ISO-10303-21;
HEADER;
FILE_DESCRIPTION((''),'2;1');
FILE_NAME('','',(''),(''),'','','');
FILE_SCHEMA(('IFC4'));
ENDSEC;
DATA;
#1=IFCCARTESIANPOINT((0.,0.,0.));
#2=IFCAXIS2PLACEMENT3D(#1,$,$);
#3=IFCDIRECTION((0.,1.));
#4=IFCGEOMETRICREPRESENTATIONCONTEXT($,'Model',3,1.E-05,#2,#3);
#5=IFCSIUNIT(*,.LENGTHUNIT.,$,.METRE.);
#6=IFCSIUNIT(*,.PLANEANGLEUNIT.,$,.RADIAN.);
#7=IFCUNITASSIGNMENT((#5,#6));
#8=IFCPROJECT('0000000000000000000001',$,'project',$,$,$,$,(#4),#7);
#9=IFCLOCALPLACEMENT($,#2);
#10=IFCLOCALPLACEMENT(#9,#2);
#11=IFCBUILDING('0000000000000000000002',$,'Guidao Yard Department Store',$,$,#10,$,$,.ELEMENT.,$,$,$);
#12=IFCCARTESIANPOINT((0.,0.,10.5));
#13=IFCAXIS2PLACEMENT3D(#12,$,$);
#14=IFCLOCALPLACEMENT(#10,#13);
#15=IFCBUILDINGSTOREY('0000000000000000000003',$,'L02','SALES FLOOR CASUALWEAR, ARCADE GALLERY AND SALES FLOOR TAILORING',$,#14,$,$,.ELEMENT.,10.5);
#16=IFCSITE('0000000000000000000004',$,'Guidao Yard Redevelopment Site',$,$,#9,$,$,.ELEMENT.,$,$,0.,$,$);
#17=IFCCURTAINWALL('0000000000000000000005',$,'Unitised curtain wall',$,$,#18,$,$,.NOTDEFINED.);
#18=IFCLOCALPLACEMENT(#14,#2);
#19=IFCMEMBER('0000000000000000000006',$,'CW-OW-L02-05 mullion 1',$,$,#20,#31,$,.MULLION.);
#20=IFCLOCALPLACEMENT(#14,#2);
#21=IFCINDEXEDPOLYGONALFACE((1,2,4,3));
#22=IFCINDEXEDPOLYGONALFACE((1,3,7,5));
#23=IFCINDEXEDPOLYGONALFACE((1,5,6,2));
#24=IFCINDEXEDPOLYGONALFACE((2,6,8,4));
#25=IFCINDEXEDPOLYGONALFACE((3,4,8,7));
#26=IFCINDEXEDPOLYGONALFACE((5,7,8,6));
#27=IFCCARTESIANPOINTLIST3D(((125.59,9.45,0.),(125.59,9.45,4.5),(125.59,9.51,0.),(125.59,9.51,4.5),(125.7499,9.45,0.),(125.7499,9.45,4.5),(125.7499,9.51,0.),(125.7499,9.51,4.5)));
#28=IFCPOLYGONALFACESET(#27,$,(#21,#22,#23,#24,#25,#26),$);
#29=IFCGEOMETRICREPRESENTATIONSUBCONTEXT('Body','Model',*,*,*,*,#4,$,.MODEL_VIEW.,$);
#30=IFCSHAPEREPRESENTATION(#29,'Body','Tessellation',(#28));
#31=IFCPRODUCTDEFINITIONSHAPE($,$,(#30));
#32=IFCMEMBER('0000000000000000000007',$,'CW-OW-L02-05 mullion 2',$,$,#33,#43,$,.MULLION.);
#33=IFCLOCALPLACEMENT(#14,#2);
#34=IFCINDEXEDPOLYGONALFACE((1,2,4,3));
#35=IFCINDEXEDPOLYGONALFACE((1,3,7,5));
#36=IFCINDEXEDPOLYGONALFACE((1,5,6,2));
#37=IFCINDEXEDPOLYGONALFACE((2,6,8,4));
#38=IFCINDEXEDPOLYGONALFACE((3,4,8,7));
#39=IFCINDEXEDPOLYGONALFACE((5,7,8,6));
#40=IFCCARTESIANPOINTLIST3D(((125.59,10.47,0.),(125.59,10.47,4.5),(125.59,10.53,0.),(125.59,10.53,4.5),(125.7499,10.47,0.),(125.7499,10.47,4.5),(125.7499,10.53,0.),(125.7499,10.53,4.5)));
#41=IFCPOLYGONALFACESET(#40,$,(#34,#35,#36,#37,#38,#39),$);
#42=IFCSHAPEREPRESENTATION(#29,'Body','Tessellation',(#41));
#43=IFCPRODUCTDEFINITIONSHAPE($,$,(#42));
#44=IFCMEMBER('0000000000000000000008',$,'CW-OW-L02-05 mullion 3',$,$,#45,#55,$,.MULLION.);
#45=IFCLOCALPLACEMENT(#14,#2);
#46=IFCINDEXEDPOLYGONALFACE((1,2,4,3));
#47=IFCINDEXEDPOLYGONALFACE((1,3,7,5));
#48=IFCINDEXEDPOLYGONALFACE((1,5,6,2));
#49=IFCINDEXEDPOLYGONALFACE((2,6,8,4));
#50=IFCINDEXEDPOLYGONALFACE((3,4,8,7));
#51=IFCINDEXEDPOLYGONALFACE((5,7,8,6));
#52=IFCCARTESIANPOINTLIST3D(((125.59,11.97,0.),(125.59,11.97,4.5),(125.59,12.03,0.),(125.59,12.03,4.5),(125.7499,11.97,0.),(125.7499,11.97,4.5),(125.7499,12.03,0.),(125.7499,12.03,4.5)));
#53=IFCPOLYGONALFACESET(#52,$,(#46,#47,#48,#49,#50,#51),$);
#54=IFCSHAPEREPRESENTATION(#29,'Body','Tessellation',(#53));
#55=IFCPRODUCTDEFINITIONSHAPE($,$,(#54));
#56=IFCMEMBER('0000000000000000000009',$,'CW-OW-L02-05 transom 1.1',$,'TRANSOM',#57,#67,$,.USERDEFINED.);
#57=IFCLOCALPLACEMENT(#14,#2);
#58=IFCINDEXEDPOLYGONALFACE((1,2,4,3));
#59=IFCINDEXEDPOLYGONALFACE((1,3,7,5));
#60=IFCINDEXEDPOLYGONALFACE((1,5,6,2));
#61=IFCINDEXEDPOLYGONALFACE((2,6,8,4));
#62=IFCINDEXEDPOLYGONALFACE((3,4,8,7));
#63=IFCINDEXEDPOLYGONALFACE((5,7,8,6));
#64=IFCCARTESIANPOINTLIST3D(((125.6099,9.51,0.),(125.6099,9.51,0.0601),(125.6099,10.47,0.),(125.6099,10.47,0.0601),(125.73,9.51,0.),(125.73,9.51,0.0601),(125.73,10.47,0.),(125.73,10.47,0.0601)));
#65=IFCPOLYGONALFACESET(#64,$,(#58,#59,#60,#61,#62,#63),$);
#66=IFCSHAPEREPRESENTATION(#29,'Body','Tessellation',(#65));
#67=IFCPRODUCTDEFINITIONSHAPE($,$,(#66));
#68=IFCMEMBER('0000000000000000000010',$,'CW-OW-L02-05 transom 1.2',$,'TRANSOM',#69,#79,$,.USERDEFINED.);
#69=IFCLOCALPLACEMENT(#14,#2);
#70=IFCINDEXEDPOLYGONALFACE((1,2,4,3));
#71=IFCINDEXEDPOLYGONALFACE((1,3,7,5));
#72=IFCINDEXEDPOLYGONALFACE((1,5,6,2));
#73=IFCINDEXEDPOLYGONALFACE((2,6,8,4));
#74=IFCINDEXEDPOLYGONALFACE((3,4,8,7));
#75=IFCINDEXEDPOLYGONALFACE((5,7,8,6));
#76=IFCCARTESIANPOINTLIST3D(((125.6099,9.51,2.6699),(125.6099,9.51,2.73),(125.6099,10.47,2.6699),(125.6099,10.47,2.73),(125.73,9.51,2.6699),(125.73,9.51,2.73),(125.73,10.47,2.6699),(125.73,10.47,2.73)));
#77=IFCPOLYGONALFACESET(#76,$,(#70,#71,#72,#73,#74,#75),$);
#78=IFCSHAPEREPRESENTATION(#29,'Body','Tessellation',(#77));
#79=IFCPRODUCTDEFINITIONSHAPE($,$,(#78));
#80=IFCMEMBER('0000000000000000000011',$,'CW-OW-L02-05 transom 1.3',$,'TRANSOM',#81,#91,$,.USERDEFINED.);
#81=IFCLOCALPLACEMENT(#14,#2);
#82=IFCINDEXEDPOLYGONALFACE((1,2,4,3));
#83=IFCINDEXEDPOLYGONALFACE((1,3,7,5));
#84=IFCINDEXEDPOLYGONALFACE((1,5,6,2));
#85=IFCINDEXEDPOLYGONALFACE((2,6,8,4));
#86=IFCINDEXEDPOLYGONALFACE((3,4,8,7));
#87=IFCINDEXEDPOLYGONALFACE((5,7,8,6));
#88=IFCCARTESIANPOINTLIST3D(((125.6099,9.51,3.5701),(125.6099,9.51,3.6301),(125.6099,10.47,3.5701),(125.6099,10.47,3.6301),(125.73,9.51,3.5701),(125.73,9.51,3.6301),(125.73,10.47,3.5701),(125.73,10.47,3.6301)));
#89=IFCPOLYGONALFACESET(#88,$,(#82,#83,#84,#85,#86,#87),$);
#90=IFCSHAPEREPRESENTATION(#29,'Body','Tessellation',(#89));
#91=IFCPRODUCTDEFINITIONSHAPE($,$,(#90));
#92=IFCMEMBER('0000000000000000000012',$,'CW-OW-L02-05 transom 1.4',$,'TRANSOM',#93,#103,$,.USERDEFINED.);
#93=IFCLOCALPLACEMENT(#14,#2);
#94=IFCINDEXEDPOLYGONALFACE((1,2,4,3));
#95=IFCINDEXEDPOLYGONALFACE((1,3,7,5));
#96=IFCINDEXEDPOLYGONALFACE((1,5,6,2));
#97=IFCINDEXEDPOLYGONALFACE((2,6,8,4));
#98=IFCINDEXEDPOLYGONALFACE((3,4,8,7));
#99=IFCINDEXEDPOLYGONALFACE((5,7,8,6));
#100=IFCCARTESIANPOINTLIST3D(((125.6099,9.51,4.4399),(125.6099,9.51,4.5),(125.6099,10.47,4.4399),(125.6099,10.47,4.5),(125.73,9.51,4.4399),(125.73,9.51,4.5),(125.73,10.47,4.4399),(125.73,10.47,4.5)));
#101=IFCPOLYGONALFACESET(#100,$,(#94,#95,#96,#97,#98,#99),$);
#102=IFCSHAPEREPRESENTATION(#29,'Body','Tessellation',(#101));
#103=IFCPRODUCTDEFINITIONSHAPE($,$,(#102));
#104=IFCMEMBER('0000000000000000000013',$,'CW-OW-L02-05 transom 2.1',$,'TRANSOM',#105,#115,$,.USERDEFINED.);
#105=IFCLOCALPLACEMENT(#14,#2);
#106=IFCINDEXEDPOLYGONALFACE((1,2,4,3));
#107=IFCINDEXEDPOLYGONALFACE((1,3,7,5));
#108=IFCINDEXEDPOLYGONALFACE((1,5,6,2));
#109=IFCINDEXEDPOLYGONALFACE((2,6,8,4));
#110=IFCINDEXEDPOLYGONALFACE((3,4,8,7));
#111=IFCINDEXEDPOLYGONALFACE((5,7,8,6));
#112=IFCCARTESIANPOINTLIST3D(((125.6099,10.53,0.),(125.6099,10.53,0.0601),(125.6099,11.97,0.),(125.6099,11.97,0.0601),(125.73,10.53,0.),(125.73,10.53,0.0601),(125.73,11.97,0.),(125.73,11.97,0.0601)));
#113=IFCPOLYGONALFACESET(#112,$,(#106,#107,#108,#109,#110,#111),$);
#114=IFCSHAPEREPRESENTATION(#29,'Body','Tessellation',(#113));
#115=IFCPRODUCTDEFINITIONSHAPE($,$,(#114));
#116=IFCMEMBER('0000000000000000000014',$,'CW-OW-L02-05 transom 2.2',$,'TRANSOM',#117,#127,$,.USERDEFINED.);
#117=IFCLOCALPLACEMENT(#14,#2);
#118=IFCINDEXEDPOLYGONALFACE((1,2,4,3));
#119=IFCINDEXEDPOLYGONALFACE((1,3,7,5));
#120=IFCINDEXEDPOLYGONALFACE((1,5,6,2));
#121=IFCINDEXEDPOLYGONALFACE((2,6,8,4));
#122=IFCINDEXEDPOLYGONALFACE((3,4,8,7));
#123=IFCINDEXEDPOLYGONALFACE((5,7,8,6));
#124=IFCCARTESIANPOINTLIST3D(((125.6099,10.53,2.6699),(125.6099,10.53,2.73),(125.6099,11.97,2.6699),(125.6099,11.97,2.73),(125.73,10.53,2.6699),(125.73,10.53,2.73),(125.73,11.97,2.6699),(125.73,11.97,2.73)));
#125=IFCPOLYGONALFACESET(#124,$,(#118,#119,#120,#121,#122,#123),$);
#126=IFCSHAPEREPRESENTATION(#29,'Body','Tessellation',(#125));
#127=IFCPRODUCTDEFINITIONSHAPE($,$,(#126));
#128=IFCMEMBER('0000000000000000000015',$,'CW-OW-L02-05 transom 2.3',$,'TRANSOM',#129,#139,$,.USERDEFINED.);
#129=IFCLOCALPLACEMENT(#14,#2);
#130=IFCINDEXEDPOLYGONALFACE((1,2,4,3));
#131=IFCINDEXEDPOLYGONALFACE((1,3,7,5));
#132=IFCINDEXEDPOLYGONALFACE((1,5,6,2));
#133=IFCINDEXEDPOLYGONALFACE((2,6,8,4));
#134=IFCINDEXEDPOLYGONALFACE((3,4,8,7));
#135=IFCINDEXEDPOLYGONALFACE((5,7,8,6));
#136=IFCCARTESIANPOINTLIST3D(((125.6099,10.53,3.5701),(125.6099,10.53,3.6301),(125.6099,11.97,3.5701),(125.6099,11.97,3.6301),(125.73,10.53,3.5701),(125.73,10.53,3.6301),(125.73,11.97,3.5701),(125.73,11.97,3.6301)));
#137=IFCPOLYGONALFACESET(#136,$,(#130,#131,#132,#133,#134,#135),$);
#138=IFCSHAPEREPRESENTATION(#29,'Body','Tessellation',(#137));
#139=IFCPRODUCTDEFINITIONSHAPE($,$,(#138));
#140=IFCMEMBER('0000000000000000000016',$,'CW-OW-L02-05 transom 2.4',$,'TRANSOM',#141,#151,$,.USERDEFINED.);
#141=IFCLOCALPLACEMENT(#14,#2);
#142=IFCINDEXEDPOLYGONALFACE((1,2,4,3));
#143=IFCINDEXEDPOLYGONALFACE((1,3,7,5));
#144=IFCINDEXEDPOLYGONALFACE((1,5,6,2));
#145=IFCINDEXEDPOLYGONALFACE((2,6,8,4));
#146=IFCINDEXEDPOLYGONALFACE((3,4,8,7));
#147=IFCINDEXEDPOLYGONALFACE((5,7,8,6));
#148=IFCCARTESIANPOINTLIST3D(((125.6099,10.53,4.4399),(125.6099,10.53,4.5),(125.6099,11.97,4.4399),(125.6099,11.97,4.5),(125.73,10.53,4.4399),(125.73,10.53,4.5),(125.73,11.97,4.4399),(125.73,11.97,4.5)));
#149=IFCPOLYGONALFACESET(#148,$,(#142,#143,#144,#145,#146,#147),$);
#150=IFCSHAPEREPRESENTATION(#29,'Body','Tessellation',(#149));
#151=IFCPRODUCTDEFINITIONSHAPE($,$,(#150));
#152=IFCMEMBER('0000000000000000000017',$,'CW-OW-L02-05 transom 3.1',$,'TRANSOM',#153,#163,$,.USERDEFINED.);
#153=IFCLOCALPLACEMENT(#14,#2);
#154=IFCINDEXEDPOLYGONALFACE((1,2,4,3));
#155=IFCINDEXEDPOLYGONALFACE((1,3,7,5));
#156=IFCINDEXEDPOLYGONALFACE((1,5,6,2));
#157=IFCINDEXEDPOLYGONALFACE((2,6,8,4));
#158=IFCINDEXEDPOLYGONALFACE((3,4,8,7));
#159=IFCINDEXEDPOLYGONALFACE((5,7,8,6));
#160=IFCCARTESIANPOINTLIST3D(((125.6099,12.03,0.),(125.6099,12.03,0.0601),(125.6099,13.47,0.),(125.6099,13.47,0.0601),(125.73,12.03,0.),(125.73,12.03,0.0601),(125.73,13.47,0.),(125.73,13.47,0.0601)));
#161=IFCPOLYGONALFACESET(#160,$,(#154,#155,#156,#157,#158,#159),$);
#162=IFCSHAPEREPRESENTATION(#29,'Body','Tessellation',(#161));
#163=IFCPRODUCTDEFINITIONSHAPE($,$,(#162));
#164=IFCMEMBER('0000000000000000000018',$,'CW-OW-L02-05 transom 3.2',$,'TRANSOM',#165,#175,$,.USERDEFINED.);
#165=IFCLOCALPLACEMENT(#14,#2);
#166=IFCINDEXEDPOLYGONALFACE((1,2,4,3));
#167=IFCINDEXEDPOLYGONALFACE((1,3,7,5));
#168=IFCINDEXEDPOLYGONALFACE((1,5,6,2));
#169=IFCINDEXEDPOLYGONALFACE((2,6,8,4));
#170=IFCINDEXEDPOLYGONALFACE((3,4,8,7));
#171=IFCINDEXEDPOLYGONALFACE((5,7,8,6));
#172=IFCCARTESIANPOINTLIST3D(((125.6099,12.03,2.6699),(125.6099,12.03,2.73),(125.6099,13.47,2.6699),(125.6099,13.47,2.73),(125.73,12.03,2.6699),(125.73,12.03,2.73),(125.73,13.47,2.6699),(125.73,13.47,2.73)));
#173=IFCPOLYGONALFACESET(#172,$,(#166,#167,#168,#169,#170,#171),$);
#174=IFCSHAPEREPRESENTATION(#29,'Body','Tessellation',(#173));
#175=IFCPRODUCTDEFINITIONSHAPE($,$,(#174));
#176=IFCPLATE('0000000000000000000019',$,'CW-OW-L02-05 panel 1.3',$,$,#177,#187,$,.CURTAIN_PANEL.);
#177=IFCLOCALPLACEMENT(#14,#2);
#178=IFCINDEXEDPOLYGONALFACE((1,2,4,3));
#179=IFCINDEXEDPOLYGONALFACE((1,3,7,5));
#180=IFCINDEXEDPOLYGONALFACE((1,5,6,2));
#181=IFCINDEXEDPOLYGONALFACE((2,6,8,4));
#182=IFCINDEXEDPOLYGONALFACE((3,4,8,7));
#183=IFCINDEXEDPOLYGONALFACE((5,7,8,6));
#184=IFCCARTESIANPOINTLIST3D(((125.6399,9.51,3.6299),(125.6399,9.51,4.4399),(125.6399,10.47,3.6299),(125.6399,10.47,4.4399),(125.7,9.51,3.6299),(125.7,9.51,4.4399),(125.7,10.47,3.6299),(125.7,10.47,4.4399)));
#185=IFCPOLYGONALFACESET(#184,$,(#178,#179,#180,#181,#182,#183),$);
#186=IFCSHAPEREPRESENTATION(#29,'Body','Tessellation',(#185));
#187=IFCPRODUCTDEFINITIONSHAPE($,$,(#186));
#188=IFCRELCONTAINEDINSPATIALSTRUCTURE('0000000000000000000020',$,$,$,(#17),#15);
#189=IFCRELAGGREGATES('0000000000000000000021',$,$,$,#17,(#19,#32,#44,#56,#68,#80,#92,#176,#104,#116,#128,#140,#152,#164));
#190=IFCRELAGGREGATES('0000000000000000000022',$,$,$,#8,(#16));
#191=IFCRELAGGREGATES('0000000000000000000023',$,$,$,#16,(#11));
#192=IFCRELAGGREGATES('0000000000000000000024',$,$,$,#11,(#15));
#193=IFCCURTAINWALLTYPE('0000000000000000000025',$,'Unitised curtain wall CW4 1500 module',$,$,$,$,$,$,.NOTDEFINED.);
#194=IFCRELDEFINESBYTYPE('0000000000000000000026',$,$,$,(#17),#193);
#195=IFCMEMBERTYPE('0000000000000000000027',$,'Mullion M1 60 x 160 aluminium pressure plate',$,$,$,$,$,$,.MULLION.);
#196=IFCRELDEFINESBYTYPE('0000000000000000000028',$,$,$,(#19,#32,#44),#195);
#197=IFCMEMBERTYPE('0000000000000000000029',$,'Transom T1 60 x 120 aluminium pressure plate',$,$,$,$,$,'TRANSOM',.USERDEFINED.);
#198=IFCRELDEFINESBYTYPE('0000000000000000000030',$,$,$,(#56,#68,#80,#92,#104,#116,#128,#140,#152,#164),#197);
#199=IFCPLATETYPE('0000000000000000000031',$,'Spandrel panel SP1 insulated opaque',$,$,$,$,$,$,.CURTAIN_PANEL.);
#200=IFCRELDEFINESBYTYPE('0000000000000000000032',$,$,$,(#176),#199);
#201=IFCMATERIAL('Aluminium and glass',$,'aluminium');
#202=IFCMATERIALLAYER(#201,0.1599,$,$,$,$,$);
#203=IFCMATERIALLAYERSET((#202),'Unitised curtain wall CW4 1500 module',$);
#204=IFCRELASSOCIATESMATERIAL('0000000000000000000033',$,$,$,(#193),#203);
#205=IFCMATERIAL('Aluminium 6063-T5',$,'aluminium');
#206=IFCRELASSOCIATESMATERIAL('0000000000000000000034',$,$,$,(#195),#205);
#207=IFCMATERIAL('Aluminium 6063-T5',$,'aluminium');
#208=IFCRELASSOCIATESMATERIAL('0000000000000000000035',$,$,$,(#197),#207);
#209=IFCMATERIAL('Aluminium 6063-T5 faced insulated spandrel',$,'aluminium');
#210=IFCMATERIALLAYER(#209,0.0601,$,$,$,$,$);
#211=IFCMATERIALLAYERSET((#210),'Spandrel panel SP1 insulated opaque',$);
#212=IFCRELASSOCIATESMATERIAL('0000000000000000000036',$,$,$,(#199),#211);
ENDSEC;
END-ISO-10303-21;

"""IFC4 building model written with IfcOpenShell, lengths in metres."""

from ifc_helpers import new_model, si_unit, direction, frame, origin, origin_2d, place, context, subcontext, project, spatial, rectangle, extrude, material, layer, layer_set, material_profile, profile_set, type_object, element, aggregate, save


model = new_model("IFC4")

# Units and contexts
model_context = context("Model", 3, precision=1e-05, world=origin(), true_north=direction((0.0, 1.0)))
body_context = subcontext(model_context, "Body", "Model", "MODEL_VIEW")
ifc_project = project(units=[si_unit("LENGTHUNIT", "METRE"), si_unit("PLANEANGLEUNIT", "RADIAN")], contexts=[model_context])

# Site, building, storey
site_placement = place(None, origin())
site = spatial("IfcSite", under=ifc_project, at=site_placement, Name="Guidao Yard Redevelopment Site", CompositionType="ELEMENT", RefElevation=0.0)
building_placement = place(site_placement, origin())
building = spatial("IfcBuilding", under=site, at=building_placement, Name="Guidao Yard Department Store", CompositionType="ELEMENT")
storey_placement = place(building_placement, frame((0.0, 0.0, 10.5)))
storey = spatial("IfcBuildingStorey", under=building, at=storey_placement, Name="L02", Description="SALES FLOOR CASUALWEAR, ARCADE GALLERY AND SALES FLOOR TAILORING", CompositionType="ELEMENT", Elevation=10.5)

# Curtain wall, members, plate
ifc_material_1 = material(Name="Aluminium and glass", Category="aluminium")
ifc_layer_1 = layer(ifc_material_1, 0.1599)
ifc_layer_set_1 = layer_set([ifc_layer_1], Name="Unitised curtain wall CW4 1500 module")
curtain_wall_type = type_object("IfcCurtainWallType", Name="Unitised curtain wall CW4 1500 module", PredefinedType="NOTDEFINED", material=ifc_layer_set_1)
curtain_wall_placement = place(storey_placement, origin())
curtain_wall = element("IfcCurtainWall", 1, at=curtain_wall_placement, inside=storey, type_object=curtain_wall_type, Name="Unitised curtain wall", PredefinedType="NOTDEFINED")
ifc_material_2 = material(Name="Aluminium 6063-T5", Category="aluminium")
ifc_material_profile_1 = material_profile(ifc_material_2, rectangle(XDim=0.0601, YDim=0.1599, at=origin_2d()), Name="Mullion M1 60 x 160 aluminium pressure plate")
ifc_profile_set_1 = profile_set([ifc_material_profile_1], Name="Aluminium 6063-T5")
member_type_1 = type_object("IfcMemberType", Name="Mullion M1 60 x 160 aluminium pressure plate", PredefinedType="MULLION", material=ifc_profile_set_1)
member_1_placement = place(storey_placement, frame((125.6699, 9.48, 0.0), z_axis=(0.0, 0.0, 1.0), x_axis=(0.0, 1.0, 0.0)))
member_1 = element("IfcMember", 2, at=member_1_placement, type_object=member_type_1, Name="CW-OW-L02-05 mullion 1", PredefinedType="MULLION", context=body_context, shape_type="SweptSolid", body=[
    extrude(rectangle(XDim=0.0601, YDim=0.1599, at=origin_2d()), origin(), (0.0, 0.0, 1.0), 4.5),
])
member_2_placement = place(storey_placement, frame((125.6699, 10.5, 0.0), z_axis=(0.0, 0.0, 1.0), x_axis=(0.0, 1.0, 0.0)))
member_2 = element("IfcMember", 3, at=member_2_placement, type_object=member_type_1, Name="CW-OW-L02-05 mullion 2", PredefinedType="MULLION", context=body_context, shape_type="SweptSolid", body=[
    extrude(rectangle(XDim=0.0601, YDim=0.1599, at=origin_2d()), origin(), (0.0, 0.0, 1.0), 4.5),
])
member_3_placement = place(storey_placement, frame((125.6699, 12.0, 0.0), z_axis=(0.0, 0.0, 1.0), x_axis=(0.0, 1.0, 0.0)))
member_3 = element("IfcMember", 4, at=member_3_placement, type_object=member_type_1, Name="CW-OW-L02-05 mullion 3", PredefinedType="MULLION", context=body_context, shape_type="SweptSolid", body=[
    extrude(rectangle(XDim=0.0601, YDim=0.1599, at=origin_2d()), origin(), (0.0, 0.0, 1.0), 4.5),
])
ifc_material_3 = material(Name="Aluminium 6063-T5", Category="aluminium")
ifc_material_profile_2 = material_profile(ifc_material_3, rectangle(XDim=0.1201, YDim=0.0601, at=origin_2d()), Name="Transom T1 60 x 120 aluminium pressure plate")
ifc_profile_set_2 = profile_set([ifc_material_profile_2], Name="Aluminium 6063-T5")
member_type_2 = type_object("IfcMemberType", Name="Transom T1 60 x 120 aluminium pressure plate", ElementType="TRANSOM", PredefinedType="USERDEFINED", material=ifc_profile_set_2)
member_4_placement = place(storey_placement, frame((125.6699, 9.51, 0.03), z_axis=(0.0, 1.0, 0.0), x_axis=(-1.0, 0.0, 0.0)))
member_4 = element("IfcMember", 5, at=member_4_placement, type_object=member_type_2, Name="CW-OW-L02-05 transom 1.1", ObjectType="TRANSOM", PredefinedType="USERDEFINED", context=body_context, shape_type="SweptSolid", body=[
    extrude(rectangle(XDim=0.1201, YDim=0.0601, at=origin_2d()), origin(), (0.0, 0.0, 1.0), 0.96),
])
member_5_placement = place(storey_placement, frame((125.6699, 9.51, 2.7), z_axis=(0.0, 1.0, 0.0), x_axis=(-1.0, 0.0, 0.0)))
member_5 = element("IfcMember", 6, at=member_5_placement, type_object=member_type_2, Name="CW-OW-L02-05 transom 1.2", ObjectType="TRANSOM", PredefinedType="USERDEFINED", context=body_context, shape_type="SweptSolid", body=[
    extrude(rectangle(XDim=0.1201, YDim=0.0601, at=origin_2d()), origin(), (0.0, 0.0, 1.0), 0.96),
])
member_6_placement = place(storey_placement, frame((125.6699, 9.51, 3.6001), z_axis=(0.0, 1.0, 0.0), x_axis=(-1.0, 0.0, 0.0)))
member_6 = element("IfcMember", 7, at=member_6_placement, type_object=member_type_2, Name="CW-OW-L02-05 transom 1.3", ObjectType="TRANSOM", PredefinedType="USERDEFINED", context=body_context, shape_type="SweptSolid", body=[
    extrude(rectangle(XDim=0.1201, YDim=0.0601, at=origin_2d()), origin(), (0.0, 0.0, 1.0), 0.96),
])
member_7_placement = place(storey_placement, frame((125.6699, 9.51, 4.47), z_axis=(0.0, 1.0, 0.0), x_axis=(-1.0, 0.0, 0.0)))
member_7 = element("IfcMember", 8, at=member_7_placement, type_object=member_type_2, Name="CW-OW-L02-05 transom 1.4", ObjectType="TRANSOM", PredefinedType="USERDEFINED", context=body_context, shape_type="SweptSolid", body=[
    extrude(rectangle(XDim=0.1201, YDim=0.0601, at=origin_2d()), origin(), (0.0, 0.0, 1.0), 0.96),
])
member_8_placement = place(storey_placement, frame((125.6699, 10.53, 0.03), z_axis=(0.0, 1.0, 0.0), x_axis=(-1.0, 0.0, 0.0)))
member_8 = element("IfcMember", 9, at=member_8_placement, type_object=member_type_2, Name="CW-OW-L02-05 transom 2.1", ObjectType="TRANSOM", PredefinedType="USERDEFINED", context=body_context, shape_type="SweptSolid", body=[
    extrude(rectangle(XDim=0.1201, YDim=0.0601, at=origin_2d()), origin(), (0.0, 0.0, 1.0), 1.4399),
])
member_9_placement = place(storey_placement, frame((125.6699, 10.53, 2.7), z_axis=(0.0, 1.0, 0.0), x_axis=(-1.0, 0.0, 0.0)))
member_9 = element("IfcMember", 10, at=member_9_placement, type_object=member_type_2, Name="CW-OW-L02-05 transom 2.2", ObjectType="TRANSOM", PredefinedType="USERDEFINED", context=body_context, shape_type="SweptSolid", body=[
    extrude(rectangle(XDim=0.1201, YDim=0.0601, at=origin_2d()), origin(), (0.0, 0.0, 1.0), 1.4399),
])
member_10_placement = place(storey_placement, frame((125.6699, 10.53, 3.6001), z_axis=(0.0, 1.0, 0.0), x_axis=(-1.0, 0.0, 0.0)))
member_10 = element("IfcMember", 11, at=member_10_placement, type_object=member_type_2, Name="CW-OW-L02-05 transom 2.3", ObjectType="TRANSOM", PredefinedType="USERDEFINED", context=body_context, shape_type="SweptSolid", body=[
    extrude(rectangle(XDim=0.1201, YDim=0.0601, at=origin_2d()), origin(), (0.0, 0.0, 1.0), 1.4399),
])
member_11_placement = place(storey_placement, frame((125.6699, 10.53, 4.47), z_axis=(0.0, 1.0, 0.0), x_axis=(-1.0, 0.0, 0.0)))
member_11 = element("IfcMember", 12, at=member_11_placement, type_object=member_type_2, Name="CW-OW-L02-05 transom 2.4", ObjectType="TRANSOM", PredefinedType="USERDEFINED", context=body_context, shape_type="SweptSolid", body=[
    extrude(rectangle(XDim=0.1201, YDim=0.0601, at=origin_2d()), origin(), (0.0, 0.0, 1.0), 1.4399),
])
member_12_placement = place(storey_placement, frame((125.6699, 12.03, 0.03), z_axis=(0.0, 1.0, 0.0), x_axis=(-1.0, 0.0, 0.0)))
member_12 = element("IfcMember", 13, at=member_12_placement, type_object=member_type_2, Name="CW-OW-L02-05 transom 3.1", ObjectType="TRANSOM", PredefinedType="USERDEFINED", context=body_context, shape_type="SweptSolid", body=[
    extrude(rectangle(XDim=0.1201, YDim=0.0601, at=origin_2d()), origin(), (0.0, 0.0, 1.0), 1.4399),
])
member_13_placement = place(storey_placement, frame((125.6699, 12.03, 2.7), z_axis=(0.0, 1.0, 0.0), x_axis=(-1.0, 0.0, 0.0)))
member_13 = element("IfcMember", 14, at=member_13_placement, type_object=member_type_2, Name="CW-OW-L02-05 transom 3.2", ObjectType="TRANSOM", PredefinedType="USERDEFINED", context=body_context, shape_type="SweptSolid", body=[
    extrude(rectangle(XDim=0.1201, YDim=0.0601, at=origin_2d()), origin(), (0.0, 0.0, 1.0), 1.4399),
])
ifc_material_4 = material(Name="Aluminium 6063-T5 faced insulated spandrel", Category="aluminium")
ifc_layer_2 = layer(ifc_material_4, 0.0601)
ifc_layer_set_2 = layer_set([ifc_layer_2], Name="Spandrel panel SP1 insulated opaque")
plate_type_1 = type_object("IfcPlateType", Name="Spandrel panel SP1 insulated opaque", PredefinedType="CURTAIN_PANEL", material=ifc_layer_set_2)
plate_1_placement = place(storey_placement, frame((125.6699, 9.99, 3.6299), z_axis=(0.0, 0.0, 1.0), x_axis=(0.0, 1.0, 0.0)))
plate_1 = element("IfcPlate", 15, at=plate_1_placement, type_object=plate_type_1, Name="CW-OW-L02-05 panel 1.3", PredefinedType="CURTAIN_PANEL", context=body_context, shape_type="SweptSolid", body=[
    extrude(rectangle(XDim=0.96, YDim=0.0601, at=origin_2d()), origin(), (0.0, 0.0, 1.0), 0.8101),
])
aggregate(curtain_wall, [member_1, member_2, member_3, member_4, member_5, member_6, member_7, plate_1, member_8, member_9, member_10, member_11, member_12, member_13])

save(model, "model.ifc")
